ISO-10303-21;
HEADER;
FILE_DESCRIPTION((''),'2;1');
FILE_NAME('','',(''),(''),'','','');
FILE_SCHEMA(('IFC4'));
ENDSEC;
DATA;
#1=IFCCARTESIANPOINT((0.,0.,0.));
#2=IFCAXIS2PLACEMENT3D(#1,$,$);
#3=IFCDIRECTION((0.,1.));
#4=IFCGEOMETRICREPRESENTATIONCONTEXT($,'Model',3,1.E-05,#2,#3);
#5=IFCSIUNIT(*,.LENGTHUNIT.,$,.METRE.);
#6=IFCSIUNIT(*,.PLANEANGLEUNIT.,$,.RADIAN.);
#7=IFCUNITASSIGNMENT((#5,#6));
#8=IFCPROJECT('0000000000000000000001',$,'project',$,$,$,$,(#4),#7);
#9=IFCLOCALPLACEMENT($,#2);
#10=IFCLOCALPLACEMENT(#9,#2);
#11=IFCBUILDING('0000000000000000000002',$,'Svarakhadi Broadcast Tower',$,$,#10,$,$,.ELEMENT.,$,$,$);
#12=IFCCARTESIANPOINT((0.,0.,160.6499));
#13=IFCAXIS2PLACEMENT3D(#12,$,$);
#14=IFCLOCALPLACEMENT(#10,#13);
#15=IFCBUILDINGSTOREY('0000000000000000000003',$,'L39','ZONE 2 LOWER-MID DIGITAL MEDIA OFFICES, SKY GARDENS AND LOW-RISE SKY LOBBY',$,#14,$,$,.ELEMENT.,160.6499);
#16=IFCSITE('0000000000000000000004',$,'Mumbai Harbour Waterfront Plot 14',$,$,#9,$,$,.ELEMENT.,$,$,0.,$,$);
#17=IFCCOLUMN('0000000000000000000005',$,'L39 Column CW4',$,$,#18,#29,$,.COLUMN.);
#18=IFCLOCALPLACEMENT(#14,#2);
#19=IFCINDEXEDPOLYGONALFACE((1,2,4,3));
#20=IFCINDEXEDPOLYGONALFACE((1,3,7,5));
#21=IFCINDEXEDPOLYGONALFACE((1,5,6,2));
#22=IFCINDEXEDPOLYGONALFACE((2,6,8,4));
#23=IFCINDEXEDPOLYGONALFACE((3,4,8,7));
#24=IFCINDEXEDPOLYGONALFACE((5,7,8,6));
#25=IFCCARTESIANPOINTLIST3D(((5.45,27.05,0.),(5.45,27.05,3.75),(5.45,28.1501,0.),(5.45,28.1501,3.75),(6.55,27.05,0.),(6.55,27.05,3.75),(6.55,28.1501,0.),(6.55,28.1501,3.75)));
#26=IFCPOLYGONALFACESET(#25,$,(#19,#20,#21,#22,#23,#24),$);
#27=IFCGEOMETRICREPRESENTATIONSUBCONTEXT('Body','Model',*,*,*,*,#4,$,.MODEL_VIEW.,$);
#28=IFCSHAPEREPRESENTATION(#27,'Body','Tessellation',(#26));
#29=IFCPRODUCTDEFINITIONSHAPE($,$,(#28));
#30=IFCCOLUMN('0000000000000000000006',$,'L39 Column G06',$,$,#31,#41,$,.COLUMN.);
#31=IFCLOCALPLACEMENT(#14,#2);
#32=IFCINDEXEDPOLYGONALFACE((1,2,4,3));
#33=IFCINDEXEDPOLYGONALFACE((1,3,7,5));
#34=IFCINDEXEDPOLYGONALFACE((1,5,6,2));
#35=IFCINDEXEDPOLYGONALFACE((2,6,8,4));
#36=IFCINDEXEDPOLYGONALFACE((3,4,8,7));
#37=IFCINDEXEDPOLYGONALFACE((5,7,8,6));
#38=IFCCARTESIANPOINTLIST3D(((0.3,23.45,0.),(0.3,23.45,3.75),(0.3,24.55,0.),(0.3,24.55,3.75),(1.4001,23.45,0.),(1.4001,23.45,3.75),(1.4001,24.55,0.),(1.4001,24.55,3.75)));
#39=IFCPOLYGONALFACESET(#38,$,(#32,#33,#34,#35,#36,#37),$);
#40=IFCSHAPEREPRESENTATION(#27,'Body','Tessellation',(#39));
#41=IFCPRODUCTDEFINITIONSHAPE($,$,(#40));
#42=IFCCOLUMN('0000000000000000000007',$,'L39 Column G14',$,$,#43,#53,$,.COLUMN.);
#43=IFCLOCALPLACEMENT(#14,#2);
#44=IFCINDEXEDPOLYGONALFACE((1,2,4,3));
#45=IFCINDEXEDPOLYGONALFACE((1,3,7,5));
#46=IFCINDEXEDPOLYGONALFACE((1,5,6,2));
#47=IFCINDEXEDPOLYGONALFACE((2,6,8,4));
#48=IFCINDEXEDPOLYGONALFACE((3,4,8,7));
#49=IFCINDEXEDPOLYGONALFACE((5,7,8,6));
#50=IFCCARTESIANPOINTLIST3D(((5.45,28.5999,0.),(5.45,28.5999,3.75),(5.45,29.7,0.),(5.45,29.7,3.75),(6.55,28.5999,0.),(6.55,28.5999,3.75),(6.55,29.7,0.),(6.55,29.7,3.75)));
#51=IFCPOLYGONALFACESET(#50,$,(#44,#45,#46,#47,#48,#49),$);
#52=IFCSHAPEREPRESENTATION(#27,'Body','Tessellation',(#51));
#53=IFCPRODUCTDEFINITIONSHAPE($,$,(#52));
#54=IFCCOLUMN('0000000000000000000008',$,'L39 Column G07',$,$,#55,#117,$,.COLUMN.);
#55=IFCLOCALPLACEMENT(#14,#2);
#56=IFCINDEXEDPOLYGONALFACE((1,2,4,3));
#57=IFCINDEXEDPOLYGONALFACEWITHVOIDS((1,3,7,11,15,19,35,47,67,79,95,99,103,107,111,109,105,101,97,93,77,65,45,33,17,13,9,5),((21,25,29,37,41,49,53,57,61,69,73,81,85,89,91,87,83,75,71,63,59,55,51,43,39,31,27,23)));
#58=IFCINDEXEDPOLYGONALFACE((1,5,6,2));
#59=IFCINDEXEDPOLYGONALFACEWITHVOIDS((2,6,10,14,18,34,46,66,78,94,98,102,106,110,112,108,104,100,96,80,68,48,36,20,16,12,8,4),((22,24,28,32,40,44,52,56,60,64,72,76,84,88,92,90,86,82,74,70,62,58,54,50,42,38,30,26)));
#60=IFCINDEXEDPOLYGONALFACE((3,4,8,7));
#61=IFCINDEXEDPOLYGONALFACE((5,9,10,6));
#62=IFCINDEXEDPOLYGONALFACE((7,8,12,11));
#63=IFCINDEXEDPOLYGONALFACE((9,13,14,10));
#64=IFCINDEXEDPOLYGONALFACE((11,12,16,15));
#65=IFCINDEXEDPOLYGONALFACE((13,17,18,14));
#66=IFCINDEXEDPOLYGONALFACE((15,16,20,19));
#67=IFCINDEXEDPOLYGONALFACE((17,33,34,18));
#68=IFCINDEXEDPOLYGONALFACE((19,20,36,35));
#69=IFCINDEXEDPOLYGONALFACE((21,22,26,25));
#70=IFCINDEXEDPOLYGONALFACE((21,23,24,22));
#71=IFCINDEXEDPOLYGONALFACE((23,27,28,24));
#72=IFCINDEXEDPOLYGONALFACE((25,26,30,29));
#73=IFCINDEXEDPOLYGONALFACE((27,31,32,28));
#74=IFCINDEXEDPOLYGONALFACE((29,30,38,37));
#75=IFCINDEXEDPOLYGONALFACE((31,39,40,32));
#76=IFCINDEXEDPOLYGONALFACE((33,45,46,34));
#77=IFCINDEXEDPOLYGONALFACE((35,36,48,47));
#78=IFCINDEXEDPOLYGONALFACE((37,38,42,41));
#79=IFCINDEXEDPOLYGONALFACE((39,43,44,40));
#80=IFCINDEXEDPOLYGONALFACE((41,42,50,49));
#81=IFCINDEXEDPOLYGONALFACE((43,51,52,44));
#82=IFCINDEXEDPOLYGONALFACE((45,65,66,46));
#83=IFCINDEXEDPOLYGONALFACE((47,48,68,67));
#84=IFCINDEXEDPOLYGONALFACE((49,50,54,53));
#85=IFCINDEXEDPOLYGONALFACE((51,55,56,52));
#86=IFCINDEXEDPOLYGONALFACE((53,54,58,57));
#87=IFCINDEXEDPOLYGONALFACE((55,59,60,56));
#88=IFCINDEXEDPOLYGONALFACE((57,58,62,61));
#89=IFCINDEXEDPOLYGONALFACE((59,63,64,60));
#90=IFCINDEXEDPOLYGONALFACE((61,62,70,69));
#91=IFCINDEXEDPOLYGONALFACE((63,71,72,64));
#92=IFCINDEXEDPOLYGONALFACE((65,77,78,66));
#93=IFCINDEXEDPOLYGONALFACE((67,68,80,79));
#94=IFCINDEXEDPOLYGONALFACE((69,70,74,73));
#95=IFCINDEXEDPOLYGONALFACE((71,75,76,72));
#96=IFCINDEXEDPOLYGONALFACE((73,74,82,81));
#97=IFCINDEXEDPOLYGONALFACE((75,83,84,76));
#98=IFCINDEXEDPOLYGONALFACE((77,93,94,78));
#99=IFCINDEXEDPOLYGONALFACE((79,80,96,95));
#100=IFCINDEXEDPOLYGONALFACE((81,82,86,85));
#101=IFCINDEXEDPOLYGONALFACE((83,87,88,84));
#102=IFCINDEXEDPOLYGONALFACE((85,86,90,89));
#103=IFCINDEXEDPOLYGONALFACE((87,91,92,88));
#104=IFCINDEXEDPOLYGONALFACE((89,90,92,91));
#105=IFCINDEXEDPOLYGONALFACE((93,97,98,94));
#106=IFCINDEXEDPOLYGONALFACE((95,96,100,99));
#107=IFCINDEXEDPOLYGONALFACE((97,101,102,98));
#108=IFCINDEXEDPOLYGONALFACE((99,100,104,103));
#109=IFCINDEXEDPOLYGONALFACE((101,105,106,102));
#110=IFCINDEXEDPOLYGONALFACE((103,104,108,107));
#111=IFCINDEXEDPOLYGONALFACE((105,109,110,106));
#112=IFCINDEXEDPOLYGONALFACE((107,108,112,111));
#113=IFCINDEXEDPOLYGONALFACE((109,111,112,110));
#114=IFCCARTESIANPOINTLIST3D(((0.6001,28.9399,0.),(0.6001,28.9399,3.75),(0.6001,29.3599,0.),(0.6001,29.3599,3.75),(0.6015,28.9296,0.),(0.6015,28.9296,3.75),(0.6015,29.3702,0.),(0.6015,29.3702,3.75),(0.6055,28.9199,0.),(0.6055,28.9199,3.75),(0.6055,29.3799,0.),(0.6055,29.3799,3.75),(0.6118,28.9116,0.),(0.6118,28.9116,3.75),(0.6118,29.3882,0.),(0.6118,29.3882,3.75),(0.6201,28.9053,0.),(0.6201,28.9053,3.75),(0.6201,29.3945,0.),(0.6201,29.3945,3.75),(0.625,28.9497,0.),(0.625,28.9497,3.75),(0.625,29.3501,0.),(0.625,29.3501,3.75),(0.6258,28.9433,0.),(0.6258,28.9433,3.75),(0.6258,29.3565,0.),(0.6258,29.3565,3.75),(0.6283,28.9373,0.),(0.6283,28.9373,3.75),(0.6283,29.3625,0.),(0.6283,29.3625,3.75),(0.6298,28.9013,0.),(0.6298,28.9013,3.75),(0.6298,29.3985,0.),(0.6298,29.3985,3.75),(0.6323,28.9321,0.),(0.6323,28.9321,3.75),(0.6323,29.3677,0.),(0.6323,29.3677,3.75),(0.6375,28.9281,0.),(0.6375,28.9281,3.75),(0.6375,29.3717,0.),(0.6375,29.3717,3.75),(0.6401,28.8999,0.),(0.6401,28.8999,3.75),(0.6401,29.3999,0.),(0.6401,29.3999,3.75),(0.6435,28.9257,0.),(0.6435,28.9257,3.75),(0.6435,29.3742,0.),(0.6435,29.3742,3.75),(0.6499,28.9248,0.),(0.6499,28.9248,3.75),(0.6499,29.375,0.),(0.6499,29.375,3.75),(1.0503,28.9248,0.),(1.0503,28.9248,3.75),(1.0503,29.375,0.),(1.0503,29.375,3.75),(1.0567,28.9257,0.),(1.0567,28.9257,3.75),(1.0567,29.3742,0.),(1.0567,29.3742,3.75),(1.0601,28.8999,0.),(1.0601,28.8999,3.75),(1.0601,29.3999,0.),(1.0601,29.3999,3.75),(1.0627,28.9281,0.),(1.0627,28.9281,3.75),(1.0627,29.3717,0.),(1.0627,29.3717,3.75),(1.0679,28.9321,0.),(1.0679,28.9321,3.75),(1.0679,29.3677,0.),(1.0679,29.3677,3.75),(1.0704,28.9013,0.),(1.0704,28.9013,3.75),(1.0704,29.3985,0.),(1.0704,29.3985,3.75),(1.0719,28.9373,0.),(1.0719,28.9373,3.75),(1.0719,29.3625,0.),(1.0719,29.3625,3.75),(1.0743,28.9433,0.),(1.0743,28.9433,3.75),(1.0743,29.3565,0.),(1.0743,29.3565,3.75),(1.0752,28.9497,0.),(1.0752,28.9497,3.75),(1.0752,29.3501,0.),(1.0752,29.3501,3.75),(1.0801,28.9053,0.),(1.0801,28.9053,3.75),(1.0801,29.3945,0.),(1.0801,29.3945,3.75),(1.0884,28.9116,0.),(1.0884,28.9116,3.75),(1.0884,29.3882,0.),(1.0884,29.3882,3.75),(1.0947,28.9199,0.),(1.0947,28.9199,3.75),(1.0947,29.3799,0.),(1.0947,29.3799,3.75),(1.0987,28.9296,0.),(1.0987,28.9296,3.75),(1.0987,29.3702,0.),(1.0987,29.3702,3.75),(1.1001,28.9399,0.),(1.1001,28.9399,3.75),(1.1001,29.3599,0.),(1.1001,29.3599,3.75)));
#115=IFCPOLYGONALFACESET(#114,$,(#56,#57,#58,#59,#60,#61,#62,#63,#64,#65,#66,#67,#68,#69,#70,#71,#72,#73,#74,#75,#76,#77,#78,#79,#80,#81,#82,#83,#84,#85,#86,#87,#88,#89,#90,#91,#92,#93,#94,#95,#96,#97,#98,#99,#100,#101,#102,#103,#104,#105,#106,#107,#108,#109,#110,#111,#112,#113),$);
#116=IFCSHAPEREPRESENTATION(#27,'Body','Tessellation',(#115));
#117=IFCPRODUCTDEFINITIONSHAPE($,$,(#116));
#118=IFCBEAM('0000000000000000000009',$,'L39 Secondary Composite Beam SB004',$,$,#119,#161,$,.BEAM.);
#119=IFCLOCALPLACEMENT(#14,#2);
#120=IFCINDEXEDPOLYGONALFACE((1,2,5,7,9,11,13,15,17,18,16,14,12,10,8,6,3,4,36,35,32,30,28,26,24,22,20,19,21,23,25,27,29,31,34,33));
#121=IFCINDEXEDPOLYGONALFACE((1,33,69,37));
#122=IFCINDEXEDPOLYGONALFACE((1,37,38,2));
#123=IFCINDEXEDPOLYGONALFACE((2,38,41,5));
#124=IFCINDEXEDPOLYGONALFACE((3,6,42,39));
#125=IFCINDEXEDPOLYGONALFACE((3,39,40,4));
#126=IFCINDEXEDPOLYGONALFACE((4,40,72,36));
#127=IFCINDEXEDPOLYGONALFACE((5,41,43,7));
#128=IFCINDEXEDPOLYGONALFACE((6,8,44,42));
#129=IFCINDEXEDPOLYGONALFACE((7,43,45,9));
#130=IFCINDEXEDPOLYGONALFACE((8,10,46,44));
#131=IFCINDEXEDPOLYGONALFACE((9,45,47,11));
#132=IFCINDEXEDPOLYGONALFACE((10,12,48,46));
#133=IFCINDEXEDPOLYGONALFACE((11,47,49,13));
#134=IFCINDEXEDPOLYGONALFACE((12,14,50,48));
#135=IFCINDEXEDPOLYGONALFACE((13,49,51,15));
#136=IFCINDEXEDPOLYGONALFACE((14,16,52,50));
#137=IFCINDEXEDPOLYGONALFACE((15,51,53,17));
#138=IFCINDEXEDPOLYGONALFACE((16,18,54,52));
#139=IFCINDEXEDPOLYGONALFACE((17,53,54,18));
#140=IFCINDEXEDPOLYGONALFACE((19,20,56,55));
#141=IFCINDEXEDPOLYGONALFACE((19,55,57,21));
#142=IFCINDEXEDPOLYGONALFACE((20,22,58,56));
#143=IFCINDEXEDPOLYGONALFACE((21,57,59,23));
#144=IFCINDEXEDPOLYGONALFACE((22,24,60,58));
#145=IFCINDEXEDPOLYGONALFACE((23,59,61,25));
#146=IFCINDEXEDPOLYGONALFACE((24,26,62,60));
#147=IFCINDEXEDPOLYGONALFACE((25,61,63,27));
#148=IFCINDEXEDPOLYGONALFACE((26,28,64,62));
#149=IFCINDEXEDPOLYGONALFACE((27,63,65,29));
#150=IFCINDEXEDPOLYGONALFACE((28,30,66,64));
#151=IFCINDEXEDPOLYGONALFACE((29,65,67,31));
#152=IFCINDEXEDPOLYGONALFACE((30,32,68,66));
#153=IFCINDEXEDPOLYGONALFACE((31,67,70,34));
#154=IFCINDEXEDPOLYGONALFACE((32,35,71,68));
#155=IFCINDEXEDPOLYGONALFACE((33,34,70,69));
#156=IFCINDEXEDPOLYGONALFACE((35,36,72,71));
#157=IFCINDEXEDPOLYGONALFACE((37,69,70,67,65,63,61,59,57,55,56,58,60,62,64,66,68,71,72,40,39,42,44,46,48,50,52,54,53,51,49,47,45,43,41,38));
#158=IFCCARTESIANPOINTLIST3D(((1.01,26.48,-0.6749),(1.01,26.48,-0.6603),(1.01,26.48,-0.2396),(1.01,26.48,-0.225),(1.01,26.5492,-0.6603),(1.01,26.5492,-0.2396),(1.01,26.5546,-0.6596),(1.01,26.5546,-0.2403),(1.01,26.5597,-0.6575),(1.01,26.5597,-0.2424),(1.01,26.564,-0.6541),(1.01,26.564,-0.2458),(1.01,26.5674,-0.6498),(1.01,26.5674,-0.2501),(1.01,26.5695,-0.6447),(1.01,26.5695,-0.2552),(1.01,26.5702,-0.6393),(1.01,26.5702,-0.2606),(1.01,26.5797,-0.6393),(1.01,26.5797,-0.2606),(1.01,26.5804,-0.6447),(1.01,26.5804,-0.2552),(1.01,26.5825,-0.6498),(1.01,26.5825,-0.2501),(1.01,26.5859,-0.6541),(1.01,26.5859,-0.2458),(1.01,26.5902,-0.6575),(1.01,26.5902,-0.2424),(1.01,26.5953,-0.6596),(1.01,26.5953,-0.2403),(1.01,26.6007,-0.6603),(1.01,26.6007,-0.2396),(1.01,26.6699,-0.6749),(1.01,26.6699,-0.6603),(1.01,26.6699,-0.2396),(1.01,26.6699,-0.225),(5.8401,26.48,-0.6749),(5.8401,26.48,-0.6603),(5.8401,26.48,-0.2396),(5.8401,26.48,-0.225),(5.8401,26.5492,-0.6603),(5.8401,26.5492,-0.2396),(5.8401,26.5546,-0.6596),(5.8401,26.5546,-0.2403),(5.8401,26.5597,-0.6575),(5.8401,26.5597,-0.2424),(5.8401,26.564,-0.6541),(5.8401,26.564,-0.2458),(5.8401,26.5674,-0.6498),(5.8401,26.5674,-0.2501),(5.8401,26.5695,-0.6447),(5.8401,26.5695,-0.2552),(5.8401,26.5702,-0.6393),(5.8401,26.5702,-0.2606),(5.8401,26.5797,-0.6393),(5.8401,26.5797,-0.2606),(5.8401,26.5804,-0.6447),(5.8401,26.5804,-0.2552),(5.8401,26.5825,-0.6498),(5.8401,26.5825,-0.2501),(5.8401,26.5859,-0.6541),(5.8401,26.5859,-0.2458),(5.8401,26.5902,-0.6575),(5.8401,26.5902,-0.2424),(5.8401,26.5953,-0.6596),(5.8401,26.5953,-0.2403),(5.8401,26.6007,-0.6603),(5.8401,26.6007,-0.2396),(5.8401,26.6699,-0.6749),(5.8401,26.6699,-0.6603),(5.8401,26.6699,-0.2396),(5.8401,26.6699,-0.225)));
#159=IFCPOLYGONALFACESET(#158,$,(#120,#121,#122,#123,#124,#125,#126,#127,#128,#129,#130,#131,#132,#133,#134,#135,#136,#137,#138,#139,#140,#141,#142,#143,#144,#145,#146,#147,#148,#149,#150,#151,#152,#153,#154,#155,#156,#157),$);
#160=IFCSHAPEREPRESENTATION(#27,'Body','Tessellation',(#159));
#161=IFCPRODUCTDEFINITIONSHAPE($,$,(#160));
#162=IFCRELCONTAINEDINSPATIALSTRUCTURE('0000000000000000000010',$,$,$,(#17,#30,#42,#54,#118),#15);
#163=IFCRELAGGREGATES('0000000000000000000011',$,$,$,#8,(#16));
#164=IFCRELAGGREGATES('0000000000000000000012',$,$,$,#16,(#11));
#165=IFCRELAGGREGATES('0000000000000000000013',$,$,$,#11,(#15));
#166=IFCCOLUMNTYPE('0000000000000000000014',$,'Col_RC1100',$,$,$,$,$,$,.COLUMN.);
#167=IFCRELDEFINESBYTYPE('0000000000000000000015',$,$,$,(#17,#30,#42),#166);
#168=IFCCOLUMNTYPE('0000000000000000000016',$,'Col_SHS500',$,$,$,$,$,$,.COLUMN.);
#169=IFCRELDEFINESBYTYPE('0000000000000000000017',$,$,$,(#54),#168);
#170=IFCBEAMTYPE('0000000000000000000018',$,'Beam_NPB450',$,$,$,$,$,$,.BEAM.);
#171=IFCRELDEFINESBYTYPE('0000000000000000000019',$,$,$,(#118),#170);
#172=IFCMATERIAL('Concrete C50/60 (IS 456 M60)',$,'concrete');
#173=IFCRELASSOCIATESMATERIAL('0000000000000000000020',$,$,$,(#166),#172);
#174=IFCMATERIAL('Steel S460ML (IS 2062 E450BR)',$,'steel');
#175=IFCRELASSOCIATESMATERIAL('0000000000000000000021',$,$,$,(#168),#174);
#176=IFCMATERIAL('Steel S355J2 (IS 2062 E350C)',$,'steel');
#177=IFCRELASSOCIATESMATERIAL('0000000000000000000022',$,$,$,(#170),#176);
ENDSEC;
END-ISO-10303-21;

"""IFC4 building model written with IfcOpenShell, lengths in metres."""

from ifc_helpers import new_model, si_unit, direction, frame, origin, origin_2d, place, context, subcontext, project, spatial, rectangle, hollow_rectangle, i_section, extrude, material, material_profile, profile_set, type_object, element, save


model = new_model("IFC4")

# Units and contexts
model_context = context("Model", 3, precision=1e-05, world=origin(), true_north=direction((0.0, 1.0)))
body_context = subcontext(model_context, "Body", "Model", "MODEL_VIEW")
ifc_project = project(units=[si_unit("LENGTHUNIT", "METRE"), si_unit("PLANEANGLEUNIT", "RADIAN")], contexts=[model_context])

# Site, building, storey
site_placement = place(None, origin())
site = spatial("IfcSite", under=ifc_project, at=site_placement, Name="Mumbai Harbour Waterfront Plot 14", CompositionType="ELEMENT", RefElevation=0.0)
building_placement = place(site_placement, origin())
building = spatial("IfcBuilding", under=site, at=building_placement, Name="Svarakhadi Broadcast Tower", CompositionType="ELEMENT")
storey_placement = place(building_placement, frame((0.0, 0.0, 160.6499)))
storey = spatial("IfcBuildingStorey", under=building, at=storey_placement, Name="L39", Description="ZONE 2 LOWER-MID DIGITAL MEDIA OFFICES, SKY GARDENS AND LOW-RISE SKY LOBBY", CompositionType="ELEMENT", Elevation=160.6499)

# Columns
ifc_material_1 = material(Name="Concrete C50/60 (IS 456 M60)", Category="concrete")
ifc_material_profile_1 = material_profile(ifc_material_1, rectangle(XDim=1.1001, YDim=1.1001, at=origin_2d()), Name="RC 1100x1100")
ifc_profile_set_1 = profile_set([ifc_material_profile_1], Name="Concrete C50/60 (IS 456 M60)")
column_type_1 = type_object("IfcColumnType", Name="Col_RC1100", PredefinedType="COLUMN", material=ifc_profile_set_1)
for number, where, z_axis, x_axis, name in (
    (1, (6.0, 27.6001, 0.0), (0.0, 0.0, 1.0), (1.0, 0.0, 0.0), "L39 Column CW4"),
    (2, (0.8501, 24.0, 0.0), (0.0, 0.0, 1.0), (1.0, 0.0, 0.0), "L39 Column G06"),
    (3, (6.0, 29.1499, 0.0), (0.0, 0.0, 1.0), (1.0, 0.0, 0.0), "L39 Column G14"),
):
    element("IfcColumn", number, at=place(storey_placement, frame(where, z_axis=z_axis, x_axis=x_axis)), inside=storey, type_object=column_type_1, Name=name, PredefinedType="COLUMN", context=body_context, shape_type="SweptSolid", body=[
        extrude(rectangle(XDim=1.1001, YDim=1.1001, at=origin_2d()), origin(), (0.0, 0.0, 1.0), 3.75),
    ])
ifc_material_2 = material(Name="Steel S460ML (IS 2062 E450BR)", Category="steel")
ifc_material_profile_2 = material_profile(ifc_material_2, hollow_rectangle(XDim=0.5, YDim=0.5, WallThickness=0.0249, InnerFilletRadius=0.0249, OuterFilletRadius=0.04, at=origin_2d()), Name="SHS 500x500x25")
ifc_profile_set_2 = profile_set([ifc_material_profile_2], Name="Steel S460ML (IS 2062 E450BR)")
column_type_2 = type_object("IfcColumnType", Name="Col_SHS500", PredefinedType="COLUMN", material=ifc_profile_set_2)
column_placement = place(storey_placement, frame((0.8501, 29.1499, 0.0), z_axis=(0.0, 0.0, 1.0), x_axis=(1.0, 0.0, 0.0)))
element("IfcColumn", 4, at=column_placement, inside=storey, type_object=column_type_2, Name="L39 Column G07", PredefinedType="COLUMN", context=body_context, shape_type="SweptSolid", body=[
    extrude(hollow_rectangle(XDim=0.5, YDim=0.5, WallThickness=0.0249, InnerFilletRadius=0.0249, OuterFilletRadius=0.04, at=origin_2d()), origin(), (0.0, 0.0, 1.0), 3.75),
])

# Beam
ifc_material_3 = material(Name="Steel S355J2 (IS 2062 E350C)", Category="steel")
ifc_material_profile_3 = material_profile(ifc_material_3, i_section(OverallWidth=0.1899, OverallDepth=0.45, WebThickness=0.0095, FlangeThickness=0.0146, FilletRadius=0.021, at=origin_2d()), Name="NPB 450x190x78")
ifc_profile_set_3 = profile_set([ifc_material_profile_3], Name="Steel S355J2 (IS 2062 E350C)")
beam_type_1 = type_object("IfcBeamType", Name="Beam_NPB450", PredefinedType="BEAM", material=ifc_profile_set_3)
for number, where, z_axis, x_axis, name in (
    (5, (1.01, 26.575, -0.45), (1.0, 0.0, 0.0), (0.0, 1.0, 0.0), "L39 Secondary Composite Beam SB004"),
):
    element("IfcBeam", number, at=place(storey_placement, frame(where, z_axis=z_axis, x_axis=x_axis)), inside=storey, type_object=beam_type_1, Name=name, PredefinedType="BEAM", context=body_context, shape_type="SweptSolid", body=[
        extrude(i_section(OverallWidth=0.1899, OverallDepth=0.45, WebThickness=0.0095, FlangeThickness=0.0146, FilletRadius=0.021, at=origin_2d()), origin(), (0.0, 0.0, 1.0), 4.8301),
    ])

save(model, "model.ifc")
